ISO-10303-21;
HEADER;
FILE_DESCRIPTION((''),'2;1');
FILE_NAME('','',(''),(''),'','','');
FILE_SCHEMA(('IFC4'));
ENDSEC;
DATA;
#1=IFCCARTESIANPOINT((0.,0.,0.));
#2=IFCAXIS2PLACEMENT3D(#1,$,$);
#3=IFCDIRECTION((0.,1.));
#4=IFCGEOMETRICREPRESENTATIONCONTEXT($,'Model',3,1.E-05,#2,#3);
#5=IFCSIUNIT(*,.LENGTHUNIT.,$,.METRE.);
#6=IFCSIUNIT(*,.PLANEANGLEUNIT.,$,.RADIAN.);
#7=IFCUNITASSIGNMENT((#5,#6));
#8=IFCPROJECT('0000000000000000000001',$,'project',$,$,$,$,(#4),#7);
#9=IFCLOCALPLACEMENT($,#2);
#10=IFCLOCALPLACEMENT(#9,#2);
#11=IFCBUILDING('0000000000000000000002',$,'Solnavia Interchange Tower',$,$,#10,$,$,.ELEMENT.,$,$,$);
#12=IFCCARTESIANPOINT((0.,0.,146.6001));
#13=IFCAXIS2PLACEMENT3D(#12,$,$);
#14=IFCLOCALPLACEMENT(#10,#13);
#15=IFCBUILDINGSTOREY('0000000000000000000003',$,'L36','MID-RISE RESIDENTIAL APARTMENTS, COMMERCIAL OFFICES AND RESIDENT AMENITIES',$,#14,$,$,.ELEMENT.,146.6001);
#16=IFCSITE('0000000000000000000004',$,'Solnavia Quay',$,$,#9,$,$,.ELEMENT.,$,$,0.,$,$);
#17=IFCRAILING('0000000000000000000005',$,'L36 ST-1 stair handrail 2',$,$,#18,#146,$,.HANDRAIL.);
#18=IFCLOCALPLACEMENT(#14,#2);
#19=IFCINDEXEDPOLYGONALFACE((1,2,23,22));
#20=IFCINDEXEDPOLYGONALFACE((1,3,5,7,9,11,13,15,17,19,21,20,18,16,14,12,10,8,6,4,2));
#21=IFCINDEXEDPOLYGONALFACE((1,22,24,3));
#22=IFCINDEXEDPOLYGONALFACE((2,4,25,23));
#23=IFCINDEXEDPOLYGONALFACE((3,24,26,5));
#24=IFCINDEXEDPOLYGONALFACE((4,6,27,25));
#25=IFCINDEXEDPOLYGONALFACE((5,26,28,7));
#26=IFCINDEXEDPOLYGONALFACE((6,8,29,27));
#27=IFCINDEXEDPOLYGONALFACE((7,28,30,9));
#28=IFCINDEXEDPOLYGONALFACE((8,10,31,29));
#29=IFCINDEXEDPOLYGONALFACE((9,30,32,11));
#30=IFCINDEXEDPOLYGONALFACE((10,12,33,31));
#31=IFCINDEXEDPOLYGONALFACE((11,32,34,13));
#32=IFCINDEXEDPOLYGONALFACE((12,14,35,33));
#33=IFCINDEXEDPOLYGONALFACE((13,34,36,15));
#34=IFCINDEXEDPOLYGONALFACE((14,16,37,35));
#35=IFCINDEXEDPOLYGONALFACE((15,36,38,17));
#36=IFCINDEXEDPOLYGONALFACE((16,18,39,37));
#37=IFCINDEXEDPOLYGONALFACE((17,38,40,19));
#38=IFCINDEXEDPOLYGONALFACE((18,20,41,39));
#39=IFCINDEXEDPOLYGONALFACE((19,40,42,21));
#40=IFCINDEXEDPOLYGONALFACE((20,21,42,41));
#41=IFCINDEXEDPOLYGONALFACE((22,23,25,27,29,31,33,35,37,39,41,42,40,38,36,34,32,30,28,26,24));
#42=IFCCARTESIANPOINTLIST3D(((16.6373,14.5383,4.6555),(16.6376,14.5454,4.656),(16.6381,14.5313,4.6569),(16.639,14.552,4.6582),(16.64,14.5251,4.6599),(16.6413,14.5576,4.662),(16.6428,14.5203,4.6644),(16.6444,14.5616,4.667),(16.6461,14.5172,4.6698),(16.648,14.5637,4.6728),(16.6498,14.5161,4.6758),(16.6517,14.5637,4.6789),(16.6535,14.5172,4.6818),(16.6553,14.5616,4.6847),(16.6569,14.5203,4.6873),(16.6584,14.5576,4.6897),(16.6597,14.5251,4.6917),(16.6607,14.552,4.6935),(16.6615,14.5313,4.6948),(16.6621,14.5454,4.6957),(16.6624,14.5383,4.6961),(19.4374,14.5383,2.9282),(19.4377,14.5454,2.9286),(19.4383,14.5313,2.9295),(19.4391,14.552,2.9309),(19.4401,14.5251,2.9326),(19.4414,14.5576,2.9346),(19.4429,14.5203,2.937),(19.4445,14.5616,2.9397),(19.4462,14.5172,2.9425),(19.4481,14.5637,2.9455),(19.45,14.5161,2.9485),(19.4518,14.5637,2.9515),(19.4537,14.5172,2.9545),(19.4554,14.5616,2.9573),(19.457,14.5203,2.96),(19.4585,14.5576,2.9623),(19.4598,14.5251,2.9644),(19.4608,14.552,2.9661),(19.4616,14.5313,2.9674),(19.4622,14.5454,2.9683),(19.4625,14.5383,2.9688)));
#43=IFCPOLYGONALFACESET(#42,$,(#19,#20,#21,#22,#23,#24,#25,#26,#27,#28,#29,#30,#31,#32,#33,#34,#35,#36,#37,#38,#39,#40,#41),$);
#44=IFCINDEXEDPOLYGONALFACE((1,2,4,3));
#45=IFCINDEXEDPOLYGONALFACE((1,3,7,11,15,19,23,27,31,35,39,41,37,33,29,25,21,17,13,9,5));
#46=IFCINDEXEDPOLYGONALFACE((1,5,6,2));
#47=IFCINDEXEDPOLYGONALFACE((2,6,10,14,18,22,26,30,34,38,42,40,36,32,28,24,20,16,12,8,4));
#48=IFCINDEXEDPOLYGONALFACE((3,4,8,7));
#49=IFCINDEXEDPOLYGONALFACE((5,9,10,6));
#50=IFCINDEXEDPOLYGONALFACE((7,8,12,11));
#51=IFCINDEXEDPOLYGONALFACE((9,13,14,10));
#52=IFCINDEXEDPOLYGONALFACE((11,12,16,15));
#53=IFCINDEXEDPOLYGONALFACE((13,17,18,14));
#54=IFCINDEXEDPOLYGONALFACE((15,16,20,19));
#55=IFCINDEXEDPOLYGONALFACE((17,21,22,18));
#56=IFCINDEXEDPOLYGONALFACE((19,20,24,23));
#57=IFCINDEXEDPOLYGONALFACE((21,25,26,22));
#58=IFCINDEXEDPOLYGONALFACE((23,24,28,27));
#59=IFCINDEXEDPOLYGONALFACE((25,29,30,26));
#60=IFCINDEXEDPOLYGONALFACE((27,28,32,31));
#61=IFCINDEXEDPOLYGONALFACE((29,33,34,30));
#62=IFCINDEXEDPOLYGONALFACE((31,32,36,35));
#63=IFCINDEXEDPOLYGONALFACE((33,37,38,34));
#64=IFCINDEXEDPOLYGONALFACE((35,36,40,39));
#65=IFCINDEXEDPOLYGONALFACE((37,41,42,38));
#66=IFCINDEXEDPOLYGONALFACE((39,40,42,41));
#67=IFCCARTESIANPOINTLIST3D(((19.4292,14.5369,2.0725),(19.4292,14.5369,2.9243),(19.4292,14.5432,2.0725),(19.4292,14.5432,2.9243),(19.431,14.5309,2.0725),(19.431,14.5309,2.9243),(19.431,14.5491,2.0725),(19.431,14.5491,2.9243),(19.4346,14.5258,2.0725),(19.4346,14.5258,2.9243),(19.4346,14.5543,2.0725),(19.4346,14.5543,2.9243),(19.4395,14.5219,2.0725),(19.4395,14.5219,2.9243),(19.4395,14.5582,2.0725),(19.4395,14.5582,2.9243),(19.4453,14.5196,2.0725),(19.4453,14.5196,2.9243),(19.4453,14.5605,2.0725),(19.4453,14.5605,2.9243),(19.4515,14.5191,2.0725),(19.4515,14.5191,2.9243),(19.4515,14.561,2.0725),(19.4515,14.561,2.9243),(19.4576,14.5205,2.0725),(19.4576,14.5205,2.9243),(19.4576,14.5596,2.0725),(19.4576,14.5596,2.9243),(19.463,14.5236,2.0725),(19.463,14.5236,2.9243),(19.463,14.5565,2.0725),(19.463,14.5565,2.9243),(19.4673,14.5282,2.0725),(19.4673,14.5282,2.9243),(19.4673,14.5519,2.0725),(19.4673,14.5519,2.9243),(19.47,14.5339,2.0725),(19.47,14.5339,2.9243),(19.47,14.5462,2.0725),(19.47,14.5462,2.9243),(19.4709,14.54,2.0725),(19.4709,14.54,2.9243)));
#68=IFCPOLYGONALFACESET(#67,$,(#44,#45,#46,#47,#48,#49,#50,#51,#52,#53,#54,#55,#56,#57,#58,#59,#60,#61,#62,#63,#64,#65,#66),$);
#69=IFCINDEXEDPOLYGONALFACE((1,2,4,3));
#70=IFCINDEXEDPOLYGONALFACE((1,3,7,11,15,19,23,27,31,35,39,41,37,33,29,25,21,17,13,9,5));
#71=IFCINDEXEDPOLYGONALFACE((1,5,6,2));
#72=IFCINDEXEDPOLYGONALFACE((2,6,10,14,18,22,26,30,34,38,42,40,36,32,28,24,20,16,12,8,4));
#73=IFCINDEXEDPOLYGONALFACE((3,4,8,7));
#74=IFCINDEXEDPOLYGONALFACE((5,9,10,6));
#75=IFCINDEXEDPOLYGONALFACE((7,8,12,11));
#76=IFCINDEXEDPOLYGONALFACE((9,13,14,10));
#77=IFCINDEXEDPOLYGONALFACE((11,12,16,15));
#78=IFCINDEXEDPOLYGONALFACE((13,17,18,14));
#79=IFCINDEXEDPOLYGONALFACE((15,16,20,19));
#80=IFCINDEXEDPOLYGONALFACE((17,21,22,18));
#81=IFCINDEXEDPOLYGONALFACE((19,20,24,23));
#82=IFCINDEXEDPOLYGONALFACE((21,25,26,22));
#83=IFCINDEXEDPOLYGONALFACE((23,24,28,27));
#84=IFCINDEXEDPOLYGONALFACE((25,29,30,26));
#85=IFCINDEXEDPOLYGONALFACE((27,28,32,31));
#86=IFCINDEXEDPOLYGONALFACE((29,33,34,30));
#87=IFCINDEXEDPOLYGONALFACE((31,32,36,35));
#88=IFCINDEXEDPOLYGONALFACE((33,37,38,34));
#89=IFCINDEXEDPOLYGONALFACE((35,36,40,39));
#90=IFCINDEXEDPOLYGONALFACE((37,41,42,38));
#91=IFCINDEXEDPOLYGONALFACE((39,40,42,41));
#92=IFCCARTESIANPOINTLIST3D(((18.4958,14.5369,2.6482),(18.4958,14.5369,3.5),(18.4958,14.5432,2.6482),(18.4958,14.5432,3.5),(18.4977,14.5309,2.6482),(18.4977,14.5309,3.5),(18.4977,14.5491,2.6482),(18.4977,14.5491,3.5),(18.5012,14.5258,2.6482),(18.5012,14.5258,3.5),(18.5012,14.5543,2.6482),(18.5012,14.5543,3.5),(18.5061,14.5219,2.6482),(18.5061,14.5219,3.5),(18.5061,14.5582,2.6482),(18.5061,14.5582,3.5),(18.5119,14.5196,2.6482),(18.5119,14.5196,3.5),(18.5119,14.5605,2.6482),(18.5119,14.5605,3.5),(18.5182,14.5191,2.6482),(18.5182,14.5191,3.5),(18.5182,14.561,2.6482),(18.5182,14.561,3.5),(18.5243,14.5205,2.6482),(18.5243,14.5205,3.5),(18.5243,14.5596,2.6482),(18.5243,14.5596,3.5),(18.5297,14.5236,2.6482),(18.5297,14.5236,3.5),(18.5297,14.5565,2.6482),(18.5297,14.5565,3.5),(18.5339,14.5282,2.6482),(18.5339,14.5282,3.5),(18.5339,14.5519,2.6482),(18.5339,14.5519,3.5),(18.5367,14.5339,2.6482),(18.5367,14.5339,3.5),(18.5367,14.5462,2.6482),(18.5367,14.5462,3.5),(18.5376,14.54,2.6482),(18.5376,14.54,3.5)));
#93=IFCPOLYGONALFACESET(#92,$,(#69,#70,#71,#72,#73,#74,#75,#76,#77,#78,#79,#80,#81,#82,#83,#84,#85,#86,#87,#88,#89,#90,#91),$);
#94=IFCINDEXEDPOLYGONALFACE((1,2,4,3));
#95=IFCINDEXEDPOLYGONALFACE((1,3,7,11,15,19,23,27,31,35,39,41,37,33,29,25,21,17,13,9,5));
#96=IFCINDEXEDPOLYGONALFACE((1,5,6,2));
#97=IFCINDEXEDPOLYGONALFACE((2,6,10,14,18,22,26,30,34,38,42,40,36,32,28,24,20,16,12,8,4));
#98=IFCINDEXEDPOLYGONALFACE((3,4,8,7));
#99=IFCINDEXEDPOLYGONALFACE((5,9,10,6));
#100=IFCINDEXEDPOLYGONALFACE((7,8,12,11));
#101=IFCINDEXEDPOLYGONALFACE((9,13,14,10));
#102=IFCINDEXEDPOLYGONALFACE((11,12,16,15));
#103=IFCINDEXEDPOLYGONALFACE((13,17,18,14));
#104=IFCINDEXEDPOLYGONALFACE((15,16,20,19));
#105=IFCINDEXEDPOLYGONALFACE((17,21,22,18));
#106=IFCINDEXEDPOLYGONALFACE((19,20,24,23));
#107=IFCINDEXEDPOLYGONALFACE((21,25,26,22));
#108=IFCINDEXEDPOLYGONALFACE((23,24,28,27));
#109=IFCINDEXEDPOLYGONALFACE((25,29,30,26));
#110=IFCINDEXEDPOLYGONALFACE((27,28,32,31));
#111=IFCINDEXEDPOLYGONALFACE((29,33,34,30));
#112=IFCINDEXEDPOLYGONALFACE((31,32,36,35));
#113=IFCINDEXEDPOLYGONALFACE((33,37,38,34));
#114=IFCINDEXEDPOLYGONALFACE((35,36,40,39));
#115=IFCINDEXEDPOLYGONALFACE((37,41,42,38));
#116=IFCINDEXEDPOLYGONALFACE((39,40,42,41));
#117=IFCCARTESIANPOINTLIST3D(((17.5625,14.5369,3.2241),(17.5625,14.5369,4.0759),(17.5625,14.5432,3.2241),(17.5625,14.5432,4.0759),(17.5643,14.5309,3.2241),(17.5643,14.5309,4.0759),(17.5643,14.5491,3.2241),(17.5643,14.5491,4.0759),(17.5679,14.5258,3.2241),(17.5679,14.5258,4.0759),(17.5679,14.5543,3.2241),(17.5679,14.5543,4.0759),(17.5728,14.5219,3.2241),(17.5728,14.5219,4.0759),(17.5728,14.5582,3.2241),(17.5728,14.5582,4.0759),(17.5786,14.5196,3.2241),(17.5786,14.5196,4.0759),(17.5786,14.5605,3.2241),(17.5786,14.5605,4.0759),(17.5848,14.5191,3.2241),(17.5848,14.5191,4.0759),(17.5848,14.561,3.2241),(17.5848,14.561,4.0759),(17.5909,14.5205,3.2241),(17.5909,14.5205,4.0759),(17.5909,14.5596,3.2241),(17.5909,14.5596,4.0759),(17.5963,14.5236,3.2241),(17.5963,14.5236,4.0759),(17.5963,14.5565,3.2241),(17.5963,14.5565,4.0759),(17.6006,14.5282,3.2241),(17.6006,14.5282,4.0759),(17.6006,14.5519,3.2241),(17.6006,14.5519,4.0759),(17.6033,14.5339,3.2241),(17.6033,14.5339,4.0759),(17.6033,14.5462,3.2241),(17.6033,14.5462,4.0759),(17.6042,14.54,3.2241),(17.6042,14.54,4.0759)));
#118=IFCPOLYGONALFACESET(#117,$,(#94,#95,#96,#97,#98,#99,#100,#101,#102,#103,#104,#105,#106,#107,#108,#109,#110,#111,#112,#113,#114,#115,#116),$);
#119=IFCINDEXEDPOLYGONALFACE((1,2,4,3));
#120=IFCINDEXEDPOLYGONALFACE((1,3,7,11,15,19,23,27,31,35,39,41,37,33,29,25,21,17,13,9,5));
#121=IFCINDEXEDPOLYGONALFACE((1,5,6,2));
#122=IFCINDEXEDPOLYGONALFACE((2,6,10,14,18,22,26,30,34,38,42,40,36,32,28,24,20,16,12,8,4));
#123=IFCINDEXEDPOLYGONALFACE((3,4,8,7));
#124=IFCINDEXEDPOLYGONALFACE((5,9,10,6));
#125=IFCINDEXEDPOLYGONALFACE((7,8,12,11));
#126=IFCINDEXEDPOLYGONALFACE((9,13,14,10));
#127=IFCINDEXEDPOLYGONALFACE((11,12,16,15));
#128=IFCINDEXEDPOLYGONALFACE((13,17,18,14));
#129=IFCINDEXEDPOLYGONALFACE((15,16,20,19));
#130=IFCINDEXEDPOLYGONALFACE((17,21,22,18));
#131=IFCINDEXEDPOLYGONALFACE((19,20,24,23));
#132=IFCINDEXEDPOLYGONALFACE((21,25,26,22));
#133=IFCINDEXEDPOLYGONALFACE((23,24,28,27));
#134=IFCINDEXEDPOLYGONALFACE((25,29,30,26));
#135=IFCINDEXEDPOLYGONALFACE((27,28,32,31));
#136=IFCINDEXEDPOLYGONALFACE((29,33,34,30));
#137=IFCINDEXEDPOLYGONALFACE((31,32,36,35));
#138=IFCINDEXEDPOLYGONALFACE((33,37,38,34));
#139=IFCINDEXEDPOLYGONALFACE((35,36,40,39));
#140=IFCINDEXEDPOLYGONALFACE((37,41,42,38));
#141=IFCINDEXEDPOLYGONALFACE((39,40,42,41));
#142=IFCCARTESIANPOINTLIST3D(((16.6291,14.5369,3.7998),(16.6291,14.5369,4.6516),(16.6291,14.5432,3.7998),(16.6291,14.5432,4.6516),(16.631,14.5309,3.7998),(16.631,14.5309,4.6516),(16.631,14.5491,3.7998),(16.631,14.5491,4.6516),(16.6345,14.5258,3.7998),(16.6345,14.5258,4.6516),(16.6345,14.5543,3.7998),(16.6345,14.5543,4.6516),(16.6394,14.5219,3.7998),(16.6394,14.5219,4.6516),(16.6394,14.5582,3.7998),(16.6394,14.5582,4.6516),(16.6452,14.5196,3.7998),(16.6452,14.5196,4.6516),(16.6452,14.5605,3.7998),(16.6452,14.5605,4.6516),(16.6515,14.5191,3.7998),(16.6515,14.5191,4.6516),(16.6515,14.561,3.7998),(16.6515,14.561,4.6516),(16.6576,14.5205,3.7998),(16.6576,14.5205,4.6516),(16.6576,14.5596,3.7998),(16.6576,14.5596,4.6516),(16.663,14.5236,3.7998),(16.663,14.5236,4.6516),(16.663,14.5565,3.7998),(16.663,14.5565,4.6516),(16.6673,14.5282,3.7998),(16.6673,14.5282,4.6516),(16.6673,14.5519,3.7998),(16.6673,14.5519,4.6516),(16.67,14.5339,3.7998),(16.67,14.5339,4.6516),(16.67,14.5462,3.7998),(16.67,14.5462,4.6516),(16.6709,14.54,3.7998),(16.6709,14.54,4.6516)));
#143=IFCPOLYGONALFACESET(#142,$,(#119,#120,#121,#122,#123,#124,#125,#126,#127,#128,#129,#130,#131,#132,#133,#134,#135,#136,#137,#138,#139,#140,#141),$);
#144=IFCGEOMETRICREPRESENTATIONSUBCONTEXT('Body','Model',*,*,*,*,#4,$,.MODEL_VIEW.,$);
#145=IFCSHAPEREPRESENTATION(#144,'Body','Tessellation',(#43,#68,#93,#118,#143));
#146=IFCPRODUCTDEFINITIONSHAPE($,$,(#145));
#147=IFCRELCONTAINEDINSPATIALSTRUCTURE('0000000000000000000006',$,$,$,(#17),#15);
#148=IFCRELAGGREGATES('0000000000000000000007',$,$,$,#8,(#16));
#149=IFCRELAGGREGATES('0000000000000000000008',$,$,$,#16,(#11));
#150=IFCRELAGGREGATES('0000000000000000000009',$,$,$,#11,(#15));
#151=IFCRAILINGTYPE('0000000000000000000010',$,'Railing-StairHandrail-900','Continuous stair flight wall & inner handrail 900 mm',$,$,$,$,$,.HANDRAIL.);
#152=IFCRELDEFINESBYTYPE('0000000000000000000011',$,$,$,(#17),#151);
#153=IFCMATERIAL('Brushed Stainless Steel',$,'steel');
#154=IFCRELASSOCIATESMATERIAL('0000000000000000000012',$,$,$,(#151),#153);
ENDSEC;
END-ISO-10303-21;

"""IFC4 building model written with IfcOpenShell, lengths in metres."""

from ifc_helpers import new_model, si_unit, direction, frame, origin, origin_2d, place, context, subcontext, project, spatial, circle, extrude, material, type_object, element, save


model = new_model("IFC4")

# Units and contexts
model_context = context("Model", 3, precision=1e-05, world=origin(), true_north=direction((0.0, 1.0)))
body_context = subcontext(model_context, "Body", "Model", "MODEL_VIEW")
ifc_project = project(units=[si_unit("LENGTHUNIT", "METRE"), si_unit("PLANEANGLEUNIT", "RADIAN")], contexts=[model_context])

# Site, building, storey
site_placement = place(None, origin())
site = spatial("IfcSite", under=ifc_project, at=site_placement, Name="Solnavia Quay", CompositionType="ELEMENT", RefElevation=0.0)
building_placement = place(site_placement, origin())
building = spatial("IfcBuilding", under=site, at=building_placement, Name="Solnavia Interchange Tower", CompositionType="ELEMENT")
storey_placement = place(building_placement, frame((0.0, 0.0, 146.6001)))
storey = spatial("IfcBuildingStorey", under=building, at=storey_placement, Name="L36", Description="MID-RISE RESIDENTIAL APARTMENTS, COMMERCIAL OFFICES AND RESIDENT AMENITIES", CompositionType="ELEMENT", Elevation=146.6001)

# Railing
ifc_material_1 = material(Name="Brushed Stainless Steel", Category="steel")
railing_type_1 = type_object("IfcRailingType", Name="Railing-StairHandrail-900", Description="Continuous stair flight wall & inner handrail 900 mm", PredefinedType="HANDRAIL", material=ifc_material_1)
railing_1_placement = place(storey_placement, frame((19.45, 14.54, 2.0725)))
element("IfcRailing", 1, at=railing_1_placement, inside=storey, type_object=railing_type_1, Name="L36 ST-1 stair handrail 2", PredefinedType="HANDRAIL", context=body_context, shape_type="SweptSolid", body=[
    extrude(circle(Radius=0.0239, at=origin_2d()), frame((0.0, 0.0, 0.876), z_axis=(-0.85109, 0.0, 0.52502), x_axis=(0.0, -1.0, 0.0)), (0.0, 0.0, 1.0), 3.29),
    extrude(circle(Radius=0.021, at=origin_2d()), origin(), (0.0, 0.0, 1.0), 0.8518),
    extrude(circle(Radius=0.021, at=origin_2d()), frame((-0.9333, 0.0, 0.5757)), (0.0, 0.0, 1.0), 0.8518),
    extrude(circle(Radius=0.021, at=origin_2d()), frame((-1.8667, 0.0, 1.1516)), (0.0, 0.0, 1.0), 0.8518),
    extrude(circle(Radius=0.021, at=origin_2d()), frame((-2.8, 0.0, 1.7273)), (0.0, 0.0, 1.0), 0.8518),
])

save(model, "model.ifc")
